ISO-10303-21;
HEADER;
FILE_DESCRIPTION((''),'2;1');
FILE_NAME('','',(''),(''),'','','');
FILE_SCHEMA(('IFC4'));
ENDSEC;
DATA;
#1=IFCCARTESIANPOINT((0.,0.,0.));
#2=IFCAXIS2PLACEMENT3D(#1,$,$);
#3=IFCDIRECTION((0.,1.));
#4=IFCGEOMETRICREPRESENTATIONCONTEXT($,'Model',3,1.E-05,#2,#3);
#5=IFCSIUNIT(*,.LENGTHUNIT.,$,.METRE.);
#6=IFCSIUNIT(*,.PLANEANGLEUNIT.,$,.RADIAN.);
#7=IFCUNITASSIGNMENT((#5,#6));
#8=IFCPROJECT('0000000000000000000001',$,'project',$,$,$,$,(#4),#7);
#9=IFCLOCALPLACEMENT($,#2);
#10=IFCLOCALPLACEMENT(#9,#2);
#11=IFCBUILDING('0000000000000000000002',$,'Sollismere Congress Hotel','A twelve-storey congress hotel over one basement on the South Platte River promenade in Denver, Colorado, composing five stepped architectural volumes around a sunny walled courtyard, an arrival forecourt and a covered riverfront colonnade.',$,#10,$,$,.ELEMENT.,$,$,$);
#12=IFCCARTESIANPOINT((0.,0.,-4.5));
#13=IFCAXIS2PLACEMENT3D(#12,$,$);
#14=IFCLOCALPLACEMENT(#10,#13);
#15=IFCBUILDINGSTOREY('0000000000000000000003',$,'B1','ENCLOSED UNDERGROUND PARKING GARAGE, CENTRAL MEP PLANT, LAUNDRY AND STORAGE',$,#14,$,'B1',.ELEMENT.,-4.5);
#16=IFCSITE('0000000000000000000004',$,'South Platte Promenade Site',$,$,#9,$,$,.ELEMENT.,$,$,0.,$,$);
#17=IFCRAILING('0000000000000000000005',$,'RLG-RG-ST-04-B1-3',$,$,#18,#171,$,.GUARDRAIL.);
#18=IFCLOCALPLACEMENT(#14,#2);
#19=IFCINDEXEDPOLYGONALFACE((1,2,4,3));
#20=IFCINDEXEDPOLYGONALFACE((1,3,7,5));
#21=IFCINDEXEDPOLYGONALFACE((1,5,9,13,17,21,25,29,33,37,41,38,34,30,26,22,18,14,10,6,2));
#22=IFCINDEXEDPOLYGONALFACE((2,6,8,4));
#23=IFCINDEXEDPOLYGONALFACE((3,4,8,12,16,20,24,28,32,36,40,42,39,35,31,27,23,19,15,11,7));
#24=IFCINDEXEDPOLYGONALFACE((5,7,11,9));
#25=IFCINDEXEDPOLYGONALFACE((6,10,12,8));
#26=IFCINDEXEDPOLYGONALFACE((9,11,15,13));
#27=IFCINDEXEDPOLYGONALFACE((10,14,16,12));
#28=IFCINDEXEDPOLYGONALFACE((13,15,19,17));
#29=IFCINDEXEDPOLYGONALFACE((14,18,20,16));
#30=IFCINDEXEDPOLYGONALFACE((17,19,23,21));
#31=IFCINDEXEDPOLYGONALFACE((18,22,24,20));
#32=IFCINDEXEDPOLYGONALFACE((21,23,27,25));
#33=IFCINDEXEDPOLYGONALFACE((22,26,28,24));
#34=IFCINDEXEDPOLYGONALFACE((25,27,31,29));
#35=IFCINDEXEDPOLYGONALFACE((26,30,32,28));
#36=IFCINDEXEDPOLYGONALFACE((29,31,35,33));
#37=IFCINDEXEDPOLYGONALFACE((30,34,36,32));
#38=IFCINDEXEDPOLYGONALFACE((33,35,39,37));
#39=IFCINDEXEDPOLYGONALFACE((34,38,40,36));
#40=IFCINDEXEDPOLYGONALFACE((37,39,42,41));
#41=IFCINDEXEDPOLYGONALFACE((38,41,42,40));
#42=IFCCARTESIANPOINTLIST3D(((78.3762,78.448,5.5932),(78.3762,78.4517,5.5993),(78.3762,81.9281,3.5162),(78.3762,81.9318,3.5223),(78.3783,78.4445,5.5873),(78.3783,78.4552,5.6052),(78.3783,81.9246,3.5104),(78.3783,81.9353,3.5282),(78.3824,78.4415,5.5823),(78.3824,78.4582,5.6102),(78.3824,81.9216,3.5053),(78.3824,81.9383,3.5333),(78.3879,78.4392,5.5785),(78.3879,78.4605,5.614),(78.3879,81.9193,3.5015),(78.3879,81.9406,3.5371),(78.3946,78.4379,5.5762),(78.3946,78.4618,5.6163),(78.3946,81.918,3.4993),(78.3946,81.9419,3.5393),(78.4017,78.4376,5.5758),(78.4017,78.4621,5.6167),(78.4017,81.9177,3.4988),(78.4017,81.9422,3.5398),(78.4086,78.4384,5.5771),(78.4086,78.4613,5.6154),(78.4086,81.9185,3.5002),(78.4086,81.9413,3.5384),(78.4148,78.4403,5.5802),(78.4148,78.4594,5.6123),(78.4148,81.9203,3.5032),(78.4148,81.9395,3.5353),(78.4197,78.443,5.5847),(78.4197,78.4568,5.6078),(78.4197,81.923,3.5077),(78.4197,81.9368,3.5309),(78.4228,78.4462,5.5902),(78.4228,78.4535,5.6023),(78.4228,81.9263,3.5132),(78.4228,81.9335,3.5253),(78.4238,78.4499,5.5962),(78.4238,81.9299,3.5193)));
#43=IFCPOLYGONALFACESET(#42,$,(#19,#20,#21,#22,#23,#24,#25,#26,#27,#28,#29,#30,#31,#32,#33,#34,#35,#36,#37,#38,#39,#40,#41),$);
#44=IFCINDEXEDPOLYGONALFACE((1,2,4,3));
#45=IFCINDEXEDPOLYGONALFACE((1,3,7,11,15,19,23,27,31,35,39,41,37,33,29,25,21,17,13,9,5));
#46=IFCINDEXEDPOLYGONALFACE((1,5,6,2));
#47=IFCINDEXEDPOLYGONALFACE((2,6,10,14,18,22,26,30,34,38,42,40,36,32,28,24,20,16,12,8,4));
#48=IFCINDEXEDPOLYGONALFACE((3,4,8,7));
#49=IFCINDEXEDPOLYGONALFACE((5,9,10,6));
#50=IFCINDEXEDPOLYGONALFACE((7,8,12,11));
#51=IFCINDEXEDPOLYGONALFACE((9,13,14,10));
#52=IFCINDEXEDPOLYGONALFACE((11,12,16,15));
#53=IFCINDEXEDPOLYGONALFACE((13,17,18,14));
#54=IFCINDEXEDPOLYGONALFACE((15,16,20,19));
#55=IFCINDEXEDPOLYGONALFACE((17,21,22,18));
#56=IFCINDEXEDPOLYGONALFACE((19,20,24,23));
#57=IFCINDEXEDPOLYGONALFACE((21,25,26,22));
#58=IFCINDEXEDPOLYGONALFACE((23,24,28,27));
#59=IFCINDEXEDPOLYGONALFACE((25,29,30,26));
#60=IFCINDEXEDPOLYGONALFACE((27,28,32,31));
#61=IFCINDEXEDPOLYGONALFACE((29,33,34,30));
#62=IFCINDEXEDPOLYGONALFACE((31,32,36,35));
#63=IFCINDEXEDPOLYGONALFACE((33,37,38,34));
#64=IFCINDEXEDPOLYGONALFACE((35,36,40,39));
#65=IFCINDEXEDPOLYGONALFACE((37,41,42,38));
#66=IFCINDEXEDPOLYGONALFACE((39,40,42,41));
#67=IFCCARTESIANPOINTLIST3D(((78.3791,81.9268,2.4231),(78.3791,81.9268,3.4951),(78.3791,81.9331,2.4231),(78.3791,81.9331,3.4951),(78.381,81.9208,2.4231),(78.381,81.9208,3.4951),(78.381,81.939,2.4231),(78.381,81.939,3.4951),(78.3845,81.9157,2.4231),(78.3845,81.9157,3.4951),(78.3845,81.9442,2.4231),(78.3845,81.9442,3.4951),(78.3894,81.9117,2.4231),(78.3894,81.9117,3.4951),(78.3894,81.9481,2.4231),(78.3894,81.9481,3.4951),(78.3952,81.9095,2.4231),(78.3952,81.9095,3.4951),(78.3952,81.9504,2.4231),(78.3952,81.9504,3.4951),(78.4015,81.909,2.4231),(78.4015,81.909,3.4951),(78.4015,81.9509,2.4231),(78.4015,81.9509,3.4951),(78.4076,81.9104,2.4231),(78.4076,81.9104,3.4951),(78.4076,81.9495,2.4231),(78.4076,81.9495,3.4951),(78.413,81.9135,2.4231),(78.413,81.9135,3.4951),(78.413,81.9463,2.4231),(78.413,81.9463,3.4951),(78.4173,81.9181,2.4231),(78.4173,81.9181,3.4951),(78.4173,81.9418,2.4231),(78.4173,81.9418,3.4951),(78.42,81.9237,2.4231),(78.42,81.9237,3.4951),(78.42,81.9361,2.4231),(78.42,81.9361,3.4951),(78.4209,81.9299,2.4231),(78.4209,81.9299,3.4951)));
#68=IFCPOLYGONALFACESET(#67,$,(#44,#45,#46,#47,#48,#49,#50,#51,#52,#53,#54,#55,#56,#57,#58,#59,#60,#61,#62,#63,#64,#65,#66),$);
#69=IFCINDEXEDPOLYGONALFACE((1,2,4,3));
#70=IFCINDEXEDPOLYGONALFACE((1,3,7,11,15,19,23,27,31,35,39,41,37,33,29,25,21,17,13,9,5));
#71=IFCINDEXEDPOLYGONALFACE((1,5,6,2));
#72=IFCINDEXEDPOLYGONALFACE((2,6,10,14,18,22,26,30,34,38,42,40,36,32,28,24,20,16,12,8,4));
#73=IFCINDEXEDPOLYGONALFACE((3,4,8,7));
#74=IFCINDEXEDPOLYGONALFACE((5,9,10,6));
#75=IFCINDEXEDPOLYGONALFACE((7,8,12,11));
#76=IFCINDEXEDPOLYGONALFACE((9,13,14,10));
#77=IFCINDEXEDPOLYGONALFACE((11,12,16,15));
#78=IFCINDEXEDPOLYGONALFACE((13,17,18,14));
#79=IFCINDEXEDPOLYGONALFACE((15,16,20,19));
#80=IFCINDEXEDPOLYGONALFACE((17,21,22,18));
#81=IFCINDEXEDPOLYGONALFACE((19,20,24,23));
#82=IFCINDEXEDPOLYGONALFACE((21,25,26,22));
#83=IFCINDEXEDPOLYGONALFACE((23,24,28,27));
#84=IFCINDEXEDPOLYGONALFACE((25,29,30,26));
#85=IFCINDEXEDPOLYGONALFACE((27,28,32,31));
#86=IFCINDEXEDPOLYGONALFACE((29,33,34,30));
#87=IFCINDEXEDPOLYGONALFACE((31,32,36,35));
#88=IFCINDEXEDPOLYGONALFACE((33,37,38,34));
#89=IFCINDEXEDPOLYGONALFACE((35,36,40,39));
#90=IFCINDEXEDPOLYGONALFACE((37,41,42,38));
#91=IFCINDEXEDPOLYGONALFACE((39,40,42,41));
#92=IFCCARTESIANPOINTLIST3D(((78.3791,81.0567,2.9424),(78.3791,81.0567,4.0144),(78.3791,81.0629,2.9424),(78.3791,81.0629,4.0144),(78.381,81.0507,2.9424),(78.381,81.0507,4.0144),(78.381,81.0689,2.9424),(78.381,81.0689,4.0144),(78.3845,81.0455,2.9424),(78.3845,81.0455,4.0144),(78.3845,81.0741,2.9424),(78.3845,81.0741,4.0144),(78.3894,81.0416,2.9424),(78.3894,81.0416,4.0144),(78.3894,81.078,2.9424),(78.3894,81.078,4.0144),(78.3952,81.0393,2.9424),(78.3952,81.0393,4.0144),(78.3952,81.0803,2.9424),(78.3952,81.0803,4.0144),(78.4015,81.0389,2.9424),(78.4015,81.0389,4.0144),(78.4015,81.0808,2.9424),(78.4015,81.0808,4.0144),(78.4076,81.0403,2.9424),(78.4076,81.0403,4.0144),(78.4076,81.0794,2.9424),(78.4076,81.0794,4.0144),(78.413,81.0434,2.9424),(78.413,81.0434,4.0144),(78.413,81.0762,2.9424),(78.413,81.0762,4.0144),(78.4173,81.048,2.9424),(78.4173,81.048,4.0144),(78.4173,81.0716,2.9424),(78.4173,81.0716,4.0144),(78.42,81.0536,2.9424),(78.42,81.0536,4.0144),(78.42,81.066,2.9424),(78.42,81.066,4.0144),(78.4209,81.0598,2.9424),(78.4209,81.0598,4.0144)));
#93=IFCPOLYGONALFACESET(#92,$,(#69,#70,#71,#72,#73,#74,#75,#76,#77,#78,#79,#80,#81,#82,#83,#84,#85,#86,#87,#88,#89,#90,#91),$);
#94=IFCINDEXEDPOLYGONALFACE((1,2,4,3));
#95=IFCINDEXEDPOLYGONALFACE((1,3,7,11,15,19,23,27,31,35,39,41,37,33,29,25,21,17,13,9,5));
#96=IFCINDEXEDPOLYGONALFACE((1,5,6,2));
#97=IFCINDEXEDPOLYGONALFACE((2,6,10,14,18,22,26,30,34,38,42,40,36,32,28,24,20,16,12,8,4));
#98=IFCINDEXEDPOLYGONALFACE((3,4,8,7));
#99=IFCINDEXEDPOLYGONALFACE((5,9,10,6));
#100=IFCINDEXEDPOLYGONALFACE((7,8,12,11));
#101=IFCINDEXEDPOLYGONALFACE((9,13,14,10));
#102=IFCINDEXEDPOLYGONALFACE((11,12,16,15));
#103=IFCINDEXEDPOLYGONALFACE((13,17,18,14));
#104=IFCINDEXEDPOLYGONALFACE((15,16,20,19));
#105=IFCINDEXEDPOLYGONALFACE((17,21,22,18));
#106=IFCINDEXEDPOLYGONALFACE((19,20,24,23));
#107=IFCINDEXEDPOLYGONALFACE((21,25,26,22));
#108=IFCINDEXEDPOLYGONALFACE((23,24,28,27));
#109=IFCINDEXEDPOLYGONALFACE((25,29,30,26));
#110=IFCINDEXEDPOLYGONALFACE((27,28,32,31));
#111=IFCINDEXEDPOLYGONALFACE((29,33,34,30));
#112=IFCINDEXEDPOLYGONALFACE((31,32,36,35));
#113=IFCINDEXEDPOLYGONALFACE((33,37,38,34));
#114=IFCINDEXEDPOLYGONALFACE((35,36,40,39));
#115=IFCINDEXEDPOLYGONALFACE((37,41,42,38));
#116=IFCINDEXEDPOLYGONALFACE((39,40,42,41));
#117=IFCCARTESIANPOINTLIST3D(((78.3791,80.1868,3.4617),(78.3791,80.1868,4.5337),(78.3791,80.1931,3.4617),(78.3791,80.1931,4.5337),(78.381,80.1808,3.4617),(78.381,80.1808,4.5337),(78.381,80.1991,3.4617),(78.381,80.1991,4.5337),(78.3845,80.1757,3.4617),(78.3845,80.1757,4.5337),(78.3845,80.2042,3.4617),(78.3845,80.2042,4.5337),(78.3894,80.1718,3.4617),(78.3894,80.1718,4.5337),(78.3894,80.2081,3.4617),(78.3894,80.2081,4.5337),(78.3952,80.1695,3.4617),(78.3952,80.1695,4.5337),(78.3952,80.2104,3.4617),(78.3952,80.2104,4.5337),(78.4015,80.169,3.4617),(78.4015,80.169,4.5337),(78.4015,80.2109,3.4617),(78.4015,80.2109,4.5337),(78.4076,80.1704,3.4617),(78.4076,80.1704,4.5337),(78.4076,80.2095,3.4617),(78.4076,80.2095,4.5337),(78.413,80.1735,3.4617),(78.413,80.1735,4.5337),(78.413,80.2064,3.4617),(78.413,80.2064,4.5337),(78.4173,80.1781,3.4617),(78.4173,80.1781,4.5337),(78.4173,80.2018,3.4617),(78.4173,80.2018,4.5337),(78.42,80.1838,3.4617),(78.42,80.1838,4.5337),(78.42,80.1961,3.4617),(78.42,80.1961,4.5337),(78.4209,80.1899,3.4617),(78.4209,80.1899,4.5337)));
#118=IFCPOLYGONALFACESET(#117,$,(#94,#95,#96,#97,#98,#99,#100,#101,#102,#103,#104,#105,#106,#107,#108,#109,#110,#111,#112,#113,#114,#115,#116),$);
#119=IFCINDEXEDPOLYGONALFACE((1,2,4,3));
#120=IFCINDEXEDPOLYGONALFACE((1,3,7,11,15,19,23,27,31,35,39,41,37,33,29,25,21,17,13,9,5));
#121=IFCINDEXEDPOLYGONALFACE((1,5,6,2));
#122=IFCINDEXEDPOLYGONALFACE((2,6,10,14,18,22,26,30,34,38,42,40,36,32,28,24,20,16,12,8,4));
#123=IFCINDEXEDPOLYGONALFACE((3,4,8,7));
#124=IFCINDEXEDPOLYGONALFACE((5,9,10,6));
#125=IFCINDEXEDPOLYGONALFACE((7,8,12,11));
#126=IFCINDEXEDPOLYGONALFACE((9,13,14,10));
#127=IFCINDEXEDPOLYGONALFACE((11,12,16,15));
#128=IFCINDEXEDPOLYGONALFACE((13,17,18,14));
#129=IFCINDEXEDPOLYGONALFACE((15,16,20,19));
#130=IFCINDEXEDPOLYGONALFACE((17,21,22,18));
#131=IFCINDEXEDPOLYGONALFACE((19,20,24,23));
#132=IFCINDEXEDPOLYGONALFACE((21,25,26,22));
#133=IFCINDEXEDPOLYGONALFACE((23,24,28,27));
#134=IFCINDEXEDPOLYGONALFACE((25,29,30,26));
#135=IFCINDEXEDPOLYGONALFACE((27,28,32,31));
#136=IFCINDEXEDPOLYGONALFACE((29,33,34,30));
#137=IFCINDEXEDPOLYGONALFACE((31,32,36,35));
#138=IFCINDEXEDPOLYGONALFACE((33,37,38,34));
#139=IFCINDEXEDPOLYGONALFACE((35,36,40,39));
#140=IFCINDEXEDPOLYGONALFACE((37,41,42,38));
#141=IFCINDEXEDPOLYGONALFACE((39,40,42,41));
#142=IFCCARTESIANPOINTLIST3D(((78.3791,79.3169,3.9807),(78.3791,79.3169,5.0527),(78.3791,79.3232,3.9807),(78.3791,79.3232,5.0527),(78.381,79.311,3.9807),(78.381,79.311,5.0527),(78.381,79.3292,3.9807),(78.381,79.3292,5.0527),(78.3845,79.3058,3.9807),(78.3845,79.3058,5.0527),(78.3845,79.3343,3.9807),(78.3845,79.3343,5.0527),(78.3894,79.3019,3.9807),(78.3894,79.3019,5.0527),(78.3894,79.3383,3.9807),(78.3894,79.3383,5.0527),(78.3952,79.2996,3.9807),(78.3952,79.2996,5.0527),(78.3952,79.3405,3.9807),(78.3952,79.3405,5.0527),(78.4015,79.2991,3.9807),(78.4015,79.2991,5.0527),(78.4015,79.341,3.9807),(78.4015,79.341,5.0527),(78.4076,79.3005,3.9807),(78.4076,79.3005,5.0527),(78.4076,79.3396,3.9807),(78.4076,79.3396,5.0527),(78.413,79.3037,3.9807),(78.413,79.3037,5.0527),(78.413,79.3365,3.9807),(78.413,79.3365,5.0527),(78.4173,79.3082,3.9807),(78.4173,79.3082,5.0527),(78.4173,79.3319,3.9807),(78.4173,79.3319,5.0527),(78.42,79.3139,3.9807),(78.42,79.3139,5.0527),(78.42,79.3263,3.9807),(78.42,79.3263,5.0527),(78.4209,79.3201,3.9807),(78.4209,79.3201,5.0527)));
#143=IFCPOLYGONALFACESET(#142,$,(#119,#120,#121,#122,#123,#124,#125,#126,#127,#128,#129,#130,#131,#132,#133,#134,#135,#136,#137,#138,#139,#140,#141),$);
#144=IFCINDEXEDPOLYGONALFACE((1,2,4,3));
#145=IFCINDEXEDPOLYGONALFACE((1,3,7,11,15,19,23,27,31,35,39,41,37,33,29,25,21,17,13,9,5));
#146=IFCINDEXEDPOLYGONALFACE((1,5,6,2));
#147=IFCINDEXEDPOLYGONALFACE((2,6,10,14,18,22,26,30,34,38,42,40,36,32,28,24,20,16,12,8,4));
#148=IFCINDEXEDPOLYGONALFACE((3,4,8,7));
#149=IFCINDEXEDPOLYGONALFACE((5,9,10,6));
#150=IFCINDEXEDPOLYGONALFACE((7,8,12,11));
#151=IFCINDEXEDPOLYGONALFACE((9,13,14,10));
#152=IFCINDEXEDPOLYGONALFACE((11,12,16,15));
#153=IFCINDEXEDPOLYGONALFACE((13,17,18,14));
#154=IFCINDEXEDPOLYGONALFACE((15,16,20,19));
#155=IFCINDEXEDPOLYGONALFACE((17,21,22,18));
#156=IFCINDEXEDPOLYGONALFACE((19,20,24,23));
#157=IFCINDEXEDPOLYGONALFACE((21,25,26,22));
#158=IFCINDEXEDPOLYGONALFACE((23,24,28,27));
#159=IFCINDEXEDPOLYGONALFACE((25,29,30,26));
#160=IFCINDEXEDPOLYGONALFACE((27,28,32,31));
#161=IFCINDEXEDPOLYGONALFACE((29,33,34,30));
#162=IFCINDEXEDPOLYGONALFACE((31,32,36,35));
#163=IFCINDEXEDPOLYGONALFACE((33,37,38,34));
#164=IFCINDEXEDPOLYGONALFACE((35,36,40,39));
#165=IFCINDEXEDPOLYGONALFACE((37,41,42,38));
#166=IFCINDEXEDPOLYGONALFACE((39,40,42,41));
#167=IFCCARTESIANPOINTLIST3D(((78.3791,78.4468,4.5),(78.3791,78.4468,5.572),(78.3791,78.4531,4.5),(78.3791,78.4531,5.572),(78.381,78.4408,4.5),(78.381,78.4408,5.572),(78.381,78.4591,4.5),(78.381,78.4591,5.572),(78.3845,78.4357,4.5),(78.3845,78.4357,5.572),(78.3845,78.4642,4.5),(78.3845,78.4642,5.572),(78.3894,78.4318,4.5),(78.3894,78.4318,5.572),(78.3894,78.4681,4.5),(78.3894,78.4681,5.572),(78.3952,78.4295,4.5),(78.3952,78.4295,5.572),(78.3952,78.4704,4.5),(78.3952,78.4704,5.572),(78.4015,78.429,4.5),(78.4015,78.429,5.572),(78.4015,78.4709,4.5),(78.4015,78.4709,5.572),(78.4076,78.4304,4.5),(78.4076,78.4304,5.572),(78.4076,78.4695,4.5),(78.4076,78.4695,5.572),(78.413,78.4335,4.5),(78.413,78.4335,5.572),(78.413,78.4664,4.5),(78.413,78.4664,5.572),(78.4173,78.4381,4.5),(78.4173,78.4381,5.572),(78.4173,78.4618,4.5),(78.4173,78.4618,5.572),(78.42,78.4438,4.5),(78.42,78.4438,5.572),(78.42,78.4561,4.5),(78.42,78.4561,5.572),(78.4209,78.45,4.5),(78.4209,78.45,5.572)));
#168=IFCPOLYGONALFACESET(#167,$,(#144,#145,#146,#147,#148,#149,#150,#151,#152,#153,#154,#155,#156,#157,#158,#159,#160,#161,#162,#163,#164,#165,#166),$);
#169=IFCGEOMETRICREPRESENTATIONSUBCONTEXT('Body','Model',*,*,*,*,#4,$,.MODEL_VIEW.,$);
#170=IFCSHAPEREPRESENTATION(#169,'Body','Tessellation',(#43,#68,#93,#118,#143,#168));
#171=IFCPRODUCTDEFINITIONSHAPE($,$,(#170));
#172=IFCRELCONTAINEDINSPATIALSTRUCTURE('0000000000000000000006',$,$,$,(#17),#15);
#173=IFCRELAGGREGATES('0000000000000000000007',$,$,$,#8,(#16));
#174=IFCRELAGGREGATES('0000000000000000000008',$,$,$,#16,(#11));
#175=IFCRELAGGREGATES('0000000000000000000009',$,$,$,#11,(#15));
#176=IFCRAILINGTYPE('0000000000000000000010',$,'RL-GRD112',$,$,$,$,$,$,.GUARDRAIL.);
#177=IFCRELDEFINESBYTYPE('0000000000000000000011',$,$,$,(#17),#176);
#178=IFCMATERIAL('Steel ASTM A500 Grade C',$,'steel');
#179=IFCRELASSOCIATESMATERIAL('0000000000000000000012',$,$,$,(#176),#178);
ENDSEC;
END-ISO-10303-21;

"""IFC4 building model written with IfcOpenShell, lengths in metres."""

from ifc_helpers import new_model, si_unit, direction, frame, origin, origin_2d, place, context, subcontext, project, spatial, circle, extrude, material, type_object, element, save


model = new_model("IFC4")

# Units and contexts
model_context = context("Model", 3, precision=1e-05, world=origin(), true_north=direction((0.0, 1.0)))
body_context = subcontext(model_context, "Body", "Model", "MODEL_VIEW")
ifc_project = project(units=[si_unit("LENGTHUNIT", "METRE"), si_unit("PLANEANGLEUNIT", "RADIAN")], contexts=[model_context])

# Site, building, storey
site_placement = place(None, origin())
site = spatial("IfcSite", under=ifc_project, at=site_placement, Name="South Platte Promenade Site", CompositionType="ELEMENT", RefElevation=0.0)
building_placement = place(site_placement, origin())
building = spatial("IfcBuilding", under=site, at=building_placement, Name="Sollismere Congress Hotel", Description="A twelve-storey congress hotel over one basement on the South Platte River promenade in Denver, Colorado, composing five stepped architectural volumes around a sunny walled courtyard, an arrival forecourt and a covered riverfront colonnade.", CompositionType="ELEMENT")
storey_placement = place(building_placement, frame((0.0, 0.0, -4.5)))
storey = spatial("IfcBuildingStorey", under=building, at=storey_placement, Name="B1", Description="ENCLOSED UNDERGROUND PARKING GARAGE, CENTRAL MEP PLANT, LAUNDRY AND STORAGE", LongName="B1", CompositionType="ELEMENT", Elevation=-4.5)

# Railing
ifc_material_1 = material(Name="Steel ASTM A500 Grade C", Category="steel")
railing_type_1 = type_object("IfcRailingType", Name="RL-GRD112", PredefinedType="GUARDRAIL", material=ifc_material_1)
railing_1_placement = place(storey_placement, frame((78.3999, 81.9299, 2.4231)))
element("IfcRailing", 1, at=railing_1_placement, inside=storey, type_object=railing_type_1, Name="RLG-RG-ST-04-B1-3", PredefinedType="GUARDRAIL", context=body_context, shape_type="SweptSolid", body=[
    extrude(circle(Radius=0.0239, at=origin_2d()), frame((0.0, 0.0, 1.0962), z_axis=(0.0, -0.858697, 0.512483), x_axis=(1.0, 0.0, 0.0)), (0.0, 0.0, 1.0), 4.0527),
    extrude(circle(Radius=0.021, at=origin_2d()), origin(), (0.0, 0.0, 1.0), 1.072),
    extrude(circle(Radius=0.021, at=origin_2d()), frame((0.0, -0.8701, 0.5193)), (0.0, 0.0, 1.0), 1.072),
    extrude(circle(Radius=0.021, at=origin_2d()), frame((0.0, -1.74, 1.0386)), (0.0, 0.0, 1.0), 1.072),
    extrude(circle(Radius=0.021, at=origin_2d()), frame((0.0, -2.6099, 1.5576)), (0.0, 0.0, 1.0), 1.072),
    extrude(circle(Radius=0.021, at=origin_2d()), frame((0.0, -3.48, 2.0769)), (0.0, 0.0, 1.0), 1.072),
])

save(model, "model.ifc")
